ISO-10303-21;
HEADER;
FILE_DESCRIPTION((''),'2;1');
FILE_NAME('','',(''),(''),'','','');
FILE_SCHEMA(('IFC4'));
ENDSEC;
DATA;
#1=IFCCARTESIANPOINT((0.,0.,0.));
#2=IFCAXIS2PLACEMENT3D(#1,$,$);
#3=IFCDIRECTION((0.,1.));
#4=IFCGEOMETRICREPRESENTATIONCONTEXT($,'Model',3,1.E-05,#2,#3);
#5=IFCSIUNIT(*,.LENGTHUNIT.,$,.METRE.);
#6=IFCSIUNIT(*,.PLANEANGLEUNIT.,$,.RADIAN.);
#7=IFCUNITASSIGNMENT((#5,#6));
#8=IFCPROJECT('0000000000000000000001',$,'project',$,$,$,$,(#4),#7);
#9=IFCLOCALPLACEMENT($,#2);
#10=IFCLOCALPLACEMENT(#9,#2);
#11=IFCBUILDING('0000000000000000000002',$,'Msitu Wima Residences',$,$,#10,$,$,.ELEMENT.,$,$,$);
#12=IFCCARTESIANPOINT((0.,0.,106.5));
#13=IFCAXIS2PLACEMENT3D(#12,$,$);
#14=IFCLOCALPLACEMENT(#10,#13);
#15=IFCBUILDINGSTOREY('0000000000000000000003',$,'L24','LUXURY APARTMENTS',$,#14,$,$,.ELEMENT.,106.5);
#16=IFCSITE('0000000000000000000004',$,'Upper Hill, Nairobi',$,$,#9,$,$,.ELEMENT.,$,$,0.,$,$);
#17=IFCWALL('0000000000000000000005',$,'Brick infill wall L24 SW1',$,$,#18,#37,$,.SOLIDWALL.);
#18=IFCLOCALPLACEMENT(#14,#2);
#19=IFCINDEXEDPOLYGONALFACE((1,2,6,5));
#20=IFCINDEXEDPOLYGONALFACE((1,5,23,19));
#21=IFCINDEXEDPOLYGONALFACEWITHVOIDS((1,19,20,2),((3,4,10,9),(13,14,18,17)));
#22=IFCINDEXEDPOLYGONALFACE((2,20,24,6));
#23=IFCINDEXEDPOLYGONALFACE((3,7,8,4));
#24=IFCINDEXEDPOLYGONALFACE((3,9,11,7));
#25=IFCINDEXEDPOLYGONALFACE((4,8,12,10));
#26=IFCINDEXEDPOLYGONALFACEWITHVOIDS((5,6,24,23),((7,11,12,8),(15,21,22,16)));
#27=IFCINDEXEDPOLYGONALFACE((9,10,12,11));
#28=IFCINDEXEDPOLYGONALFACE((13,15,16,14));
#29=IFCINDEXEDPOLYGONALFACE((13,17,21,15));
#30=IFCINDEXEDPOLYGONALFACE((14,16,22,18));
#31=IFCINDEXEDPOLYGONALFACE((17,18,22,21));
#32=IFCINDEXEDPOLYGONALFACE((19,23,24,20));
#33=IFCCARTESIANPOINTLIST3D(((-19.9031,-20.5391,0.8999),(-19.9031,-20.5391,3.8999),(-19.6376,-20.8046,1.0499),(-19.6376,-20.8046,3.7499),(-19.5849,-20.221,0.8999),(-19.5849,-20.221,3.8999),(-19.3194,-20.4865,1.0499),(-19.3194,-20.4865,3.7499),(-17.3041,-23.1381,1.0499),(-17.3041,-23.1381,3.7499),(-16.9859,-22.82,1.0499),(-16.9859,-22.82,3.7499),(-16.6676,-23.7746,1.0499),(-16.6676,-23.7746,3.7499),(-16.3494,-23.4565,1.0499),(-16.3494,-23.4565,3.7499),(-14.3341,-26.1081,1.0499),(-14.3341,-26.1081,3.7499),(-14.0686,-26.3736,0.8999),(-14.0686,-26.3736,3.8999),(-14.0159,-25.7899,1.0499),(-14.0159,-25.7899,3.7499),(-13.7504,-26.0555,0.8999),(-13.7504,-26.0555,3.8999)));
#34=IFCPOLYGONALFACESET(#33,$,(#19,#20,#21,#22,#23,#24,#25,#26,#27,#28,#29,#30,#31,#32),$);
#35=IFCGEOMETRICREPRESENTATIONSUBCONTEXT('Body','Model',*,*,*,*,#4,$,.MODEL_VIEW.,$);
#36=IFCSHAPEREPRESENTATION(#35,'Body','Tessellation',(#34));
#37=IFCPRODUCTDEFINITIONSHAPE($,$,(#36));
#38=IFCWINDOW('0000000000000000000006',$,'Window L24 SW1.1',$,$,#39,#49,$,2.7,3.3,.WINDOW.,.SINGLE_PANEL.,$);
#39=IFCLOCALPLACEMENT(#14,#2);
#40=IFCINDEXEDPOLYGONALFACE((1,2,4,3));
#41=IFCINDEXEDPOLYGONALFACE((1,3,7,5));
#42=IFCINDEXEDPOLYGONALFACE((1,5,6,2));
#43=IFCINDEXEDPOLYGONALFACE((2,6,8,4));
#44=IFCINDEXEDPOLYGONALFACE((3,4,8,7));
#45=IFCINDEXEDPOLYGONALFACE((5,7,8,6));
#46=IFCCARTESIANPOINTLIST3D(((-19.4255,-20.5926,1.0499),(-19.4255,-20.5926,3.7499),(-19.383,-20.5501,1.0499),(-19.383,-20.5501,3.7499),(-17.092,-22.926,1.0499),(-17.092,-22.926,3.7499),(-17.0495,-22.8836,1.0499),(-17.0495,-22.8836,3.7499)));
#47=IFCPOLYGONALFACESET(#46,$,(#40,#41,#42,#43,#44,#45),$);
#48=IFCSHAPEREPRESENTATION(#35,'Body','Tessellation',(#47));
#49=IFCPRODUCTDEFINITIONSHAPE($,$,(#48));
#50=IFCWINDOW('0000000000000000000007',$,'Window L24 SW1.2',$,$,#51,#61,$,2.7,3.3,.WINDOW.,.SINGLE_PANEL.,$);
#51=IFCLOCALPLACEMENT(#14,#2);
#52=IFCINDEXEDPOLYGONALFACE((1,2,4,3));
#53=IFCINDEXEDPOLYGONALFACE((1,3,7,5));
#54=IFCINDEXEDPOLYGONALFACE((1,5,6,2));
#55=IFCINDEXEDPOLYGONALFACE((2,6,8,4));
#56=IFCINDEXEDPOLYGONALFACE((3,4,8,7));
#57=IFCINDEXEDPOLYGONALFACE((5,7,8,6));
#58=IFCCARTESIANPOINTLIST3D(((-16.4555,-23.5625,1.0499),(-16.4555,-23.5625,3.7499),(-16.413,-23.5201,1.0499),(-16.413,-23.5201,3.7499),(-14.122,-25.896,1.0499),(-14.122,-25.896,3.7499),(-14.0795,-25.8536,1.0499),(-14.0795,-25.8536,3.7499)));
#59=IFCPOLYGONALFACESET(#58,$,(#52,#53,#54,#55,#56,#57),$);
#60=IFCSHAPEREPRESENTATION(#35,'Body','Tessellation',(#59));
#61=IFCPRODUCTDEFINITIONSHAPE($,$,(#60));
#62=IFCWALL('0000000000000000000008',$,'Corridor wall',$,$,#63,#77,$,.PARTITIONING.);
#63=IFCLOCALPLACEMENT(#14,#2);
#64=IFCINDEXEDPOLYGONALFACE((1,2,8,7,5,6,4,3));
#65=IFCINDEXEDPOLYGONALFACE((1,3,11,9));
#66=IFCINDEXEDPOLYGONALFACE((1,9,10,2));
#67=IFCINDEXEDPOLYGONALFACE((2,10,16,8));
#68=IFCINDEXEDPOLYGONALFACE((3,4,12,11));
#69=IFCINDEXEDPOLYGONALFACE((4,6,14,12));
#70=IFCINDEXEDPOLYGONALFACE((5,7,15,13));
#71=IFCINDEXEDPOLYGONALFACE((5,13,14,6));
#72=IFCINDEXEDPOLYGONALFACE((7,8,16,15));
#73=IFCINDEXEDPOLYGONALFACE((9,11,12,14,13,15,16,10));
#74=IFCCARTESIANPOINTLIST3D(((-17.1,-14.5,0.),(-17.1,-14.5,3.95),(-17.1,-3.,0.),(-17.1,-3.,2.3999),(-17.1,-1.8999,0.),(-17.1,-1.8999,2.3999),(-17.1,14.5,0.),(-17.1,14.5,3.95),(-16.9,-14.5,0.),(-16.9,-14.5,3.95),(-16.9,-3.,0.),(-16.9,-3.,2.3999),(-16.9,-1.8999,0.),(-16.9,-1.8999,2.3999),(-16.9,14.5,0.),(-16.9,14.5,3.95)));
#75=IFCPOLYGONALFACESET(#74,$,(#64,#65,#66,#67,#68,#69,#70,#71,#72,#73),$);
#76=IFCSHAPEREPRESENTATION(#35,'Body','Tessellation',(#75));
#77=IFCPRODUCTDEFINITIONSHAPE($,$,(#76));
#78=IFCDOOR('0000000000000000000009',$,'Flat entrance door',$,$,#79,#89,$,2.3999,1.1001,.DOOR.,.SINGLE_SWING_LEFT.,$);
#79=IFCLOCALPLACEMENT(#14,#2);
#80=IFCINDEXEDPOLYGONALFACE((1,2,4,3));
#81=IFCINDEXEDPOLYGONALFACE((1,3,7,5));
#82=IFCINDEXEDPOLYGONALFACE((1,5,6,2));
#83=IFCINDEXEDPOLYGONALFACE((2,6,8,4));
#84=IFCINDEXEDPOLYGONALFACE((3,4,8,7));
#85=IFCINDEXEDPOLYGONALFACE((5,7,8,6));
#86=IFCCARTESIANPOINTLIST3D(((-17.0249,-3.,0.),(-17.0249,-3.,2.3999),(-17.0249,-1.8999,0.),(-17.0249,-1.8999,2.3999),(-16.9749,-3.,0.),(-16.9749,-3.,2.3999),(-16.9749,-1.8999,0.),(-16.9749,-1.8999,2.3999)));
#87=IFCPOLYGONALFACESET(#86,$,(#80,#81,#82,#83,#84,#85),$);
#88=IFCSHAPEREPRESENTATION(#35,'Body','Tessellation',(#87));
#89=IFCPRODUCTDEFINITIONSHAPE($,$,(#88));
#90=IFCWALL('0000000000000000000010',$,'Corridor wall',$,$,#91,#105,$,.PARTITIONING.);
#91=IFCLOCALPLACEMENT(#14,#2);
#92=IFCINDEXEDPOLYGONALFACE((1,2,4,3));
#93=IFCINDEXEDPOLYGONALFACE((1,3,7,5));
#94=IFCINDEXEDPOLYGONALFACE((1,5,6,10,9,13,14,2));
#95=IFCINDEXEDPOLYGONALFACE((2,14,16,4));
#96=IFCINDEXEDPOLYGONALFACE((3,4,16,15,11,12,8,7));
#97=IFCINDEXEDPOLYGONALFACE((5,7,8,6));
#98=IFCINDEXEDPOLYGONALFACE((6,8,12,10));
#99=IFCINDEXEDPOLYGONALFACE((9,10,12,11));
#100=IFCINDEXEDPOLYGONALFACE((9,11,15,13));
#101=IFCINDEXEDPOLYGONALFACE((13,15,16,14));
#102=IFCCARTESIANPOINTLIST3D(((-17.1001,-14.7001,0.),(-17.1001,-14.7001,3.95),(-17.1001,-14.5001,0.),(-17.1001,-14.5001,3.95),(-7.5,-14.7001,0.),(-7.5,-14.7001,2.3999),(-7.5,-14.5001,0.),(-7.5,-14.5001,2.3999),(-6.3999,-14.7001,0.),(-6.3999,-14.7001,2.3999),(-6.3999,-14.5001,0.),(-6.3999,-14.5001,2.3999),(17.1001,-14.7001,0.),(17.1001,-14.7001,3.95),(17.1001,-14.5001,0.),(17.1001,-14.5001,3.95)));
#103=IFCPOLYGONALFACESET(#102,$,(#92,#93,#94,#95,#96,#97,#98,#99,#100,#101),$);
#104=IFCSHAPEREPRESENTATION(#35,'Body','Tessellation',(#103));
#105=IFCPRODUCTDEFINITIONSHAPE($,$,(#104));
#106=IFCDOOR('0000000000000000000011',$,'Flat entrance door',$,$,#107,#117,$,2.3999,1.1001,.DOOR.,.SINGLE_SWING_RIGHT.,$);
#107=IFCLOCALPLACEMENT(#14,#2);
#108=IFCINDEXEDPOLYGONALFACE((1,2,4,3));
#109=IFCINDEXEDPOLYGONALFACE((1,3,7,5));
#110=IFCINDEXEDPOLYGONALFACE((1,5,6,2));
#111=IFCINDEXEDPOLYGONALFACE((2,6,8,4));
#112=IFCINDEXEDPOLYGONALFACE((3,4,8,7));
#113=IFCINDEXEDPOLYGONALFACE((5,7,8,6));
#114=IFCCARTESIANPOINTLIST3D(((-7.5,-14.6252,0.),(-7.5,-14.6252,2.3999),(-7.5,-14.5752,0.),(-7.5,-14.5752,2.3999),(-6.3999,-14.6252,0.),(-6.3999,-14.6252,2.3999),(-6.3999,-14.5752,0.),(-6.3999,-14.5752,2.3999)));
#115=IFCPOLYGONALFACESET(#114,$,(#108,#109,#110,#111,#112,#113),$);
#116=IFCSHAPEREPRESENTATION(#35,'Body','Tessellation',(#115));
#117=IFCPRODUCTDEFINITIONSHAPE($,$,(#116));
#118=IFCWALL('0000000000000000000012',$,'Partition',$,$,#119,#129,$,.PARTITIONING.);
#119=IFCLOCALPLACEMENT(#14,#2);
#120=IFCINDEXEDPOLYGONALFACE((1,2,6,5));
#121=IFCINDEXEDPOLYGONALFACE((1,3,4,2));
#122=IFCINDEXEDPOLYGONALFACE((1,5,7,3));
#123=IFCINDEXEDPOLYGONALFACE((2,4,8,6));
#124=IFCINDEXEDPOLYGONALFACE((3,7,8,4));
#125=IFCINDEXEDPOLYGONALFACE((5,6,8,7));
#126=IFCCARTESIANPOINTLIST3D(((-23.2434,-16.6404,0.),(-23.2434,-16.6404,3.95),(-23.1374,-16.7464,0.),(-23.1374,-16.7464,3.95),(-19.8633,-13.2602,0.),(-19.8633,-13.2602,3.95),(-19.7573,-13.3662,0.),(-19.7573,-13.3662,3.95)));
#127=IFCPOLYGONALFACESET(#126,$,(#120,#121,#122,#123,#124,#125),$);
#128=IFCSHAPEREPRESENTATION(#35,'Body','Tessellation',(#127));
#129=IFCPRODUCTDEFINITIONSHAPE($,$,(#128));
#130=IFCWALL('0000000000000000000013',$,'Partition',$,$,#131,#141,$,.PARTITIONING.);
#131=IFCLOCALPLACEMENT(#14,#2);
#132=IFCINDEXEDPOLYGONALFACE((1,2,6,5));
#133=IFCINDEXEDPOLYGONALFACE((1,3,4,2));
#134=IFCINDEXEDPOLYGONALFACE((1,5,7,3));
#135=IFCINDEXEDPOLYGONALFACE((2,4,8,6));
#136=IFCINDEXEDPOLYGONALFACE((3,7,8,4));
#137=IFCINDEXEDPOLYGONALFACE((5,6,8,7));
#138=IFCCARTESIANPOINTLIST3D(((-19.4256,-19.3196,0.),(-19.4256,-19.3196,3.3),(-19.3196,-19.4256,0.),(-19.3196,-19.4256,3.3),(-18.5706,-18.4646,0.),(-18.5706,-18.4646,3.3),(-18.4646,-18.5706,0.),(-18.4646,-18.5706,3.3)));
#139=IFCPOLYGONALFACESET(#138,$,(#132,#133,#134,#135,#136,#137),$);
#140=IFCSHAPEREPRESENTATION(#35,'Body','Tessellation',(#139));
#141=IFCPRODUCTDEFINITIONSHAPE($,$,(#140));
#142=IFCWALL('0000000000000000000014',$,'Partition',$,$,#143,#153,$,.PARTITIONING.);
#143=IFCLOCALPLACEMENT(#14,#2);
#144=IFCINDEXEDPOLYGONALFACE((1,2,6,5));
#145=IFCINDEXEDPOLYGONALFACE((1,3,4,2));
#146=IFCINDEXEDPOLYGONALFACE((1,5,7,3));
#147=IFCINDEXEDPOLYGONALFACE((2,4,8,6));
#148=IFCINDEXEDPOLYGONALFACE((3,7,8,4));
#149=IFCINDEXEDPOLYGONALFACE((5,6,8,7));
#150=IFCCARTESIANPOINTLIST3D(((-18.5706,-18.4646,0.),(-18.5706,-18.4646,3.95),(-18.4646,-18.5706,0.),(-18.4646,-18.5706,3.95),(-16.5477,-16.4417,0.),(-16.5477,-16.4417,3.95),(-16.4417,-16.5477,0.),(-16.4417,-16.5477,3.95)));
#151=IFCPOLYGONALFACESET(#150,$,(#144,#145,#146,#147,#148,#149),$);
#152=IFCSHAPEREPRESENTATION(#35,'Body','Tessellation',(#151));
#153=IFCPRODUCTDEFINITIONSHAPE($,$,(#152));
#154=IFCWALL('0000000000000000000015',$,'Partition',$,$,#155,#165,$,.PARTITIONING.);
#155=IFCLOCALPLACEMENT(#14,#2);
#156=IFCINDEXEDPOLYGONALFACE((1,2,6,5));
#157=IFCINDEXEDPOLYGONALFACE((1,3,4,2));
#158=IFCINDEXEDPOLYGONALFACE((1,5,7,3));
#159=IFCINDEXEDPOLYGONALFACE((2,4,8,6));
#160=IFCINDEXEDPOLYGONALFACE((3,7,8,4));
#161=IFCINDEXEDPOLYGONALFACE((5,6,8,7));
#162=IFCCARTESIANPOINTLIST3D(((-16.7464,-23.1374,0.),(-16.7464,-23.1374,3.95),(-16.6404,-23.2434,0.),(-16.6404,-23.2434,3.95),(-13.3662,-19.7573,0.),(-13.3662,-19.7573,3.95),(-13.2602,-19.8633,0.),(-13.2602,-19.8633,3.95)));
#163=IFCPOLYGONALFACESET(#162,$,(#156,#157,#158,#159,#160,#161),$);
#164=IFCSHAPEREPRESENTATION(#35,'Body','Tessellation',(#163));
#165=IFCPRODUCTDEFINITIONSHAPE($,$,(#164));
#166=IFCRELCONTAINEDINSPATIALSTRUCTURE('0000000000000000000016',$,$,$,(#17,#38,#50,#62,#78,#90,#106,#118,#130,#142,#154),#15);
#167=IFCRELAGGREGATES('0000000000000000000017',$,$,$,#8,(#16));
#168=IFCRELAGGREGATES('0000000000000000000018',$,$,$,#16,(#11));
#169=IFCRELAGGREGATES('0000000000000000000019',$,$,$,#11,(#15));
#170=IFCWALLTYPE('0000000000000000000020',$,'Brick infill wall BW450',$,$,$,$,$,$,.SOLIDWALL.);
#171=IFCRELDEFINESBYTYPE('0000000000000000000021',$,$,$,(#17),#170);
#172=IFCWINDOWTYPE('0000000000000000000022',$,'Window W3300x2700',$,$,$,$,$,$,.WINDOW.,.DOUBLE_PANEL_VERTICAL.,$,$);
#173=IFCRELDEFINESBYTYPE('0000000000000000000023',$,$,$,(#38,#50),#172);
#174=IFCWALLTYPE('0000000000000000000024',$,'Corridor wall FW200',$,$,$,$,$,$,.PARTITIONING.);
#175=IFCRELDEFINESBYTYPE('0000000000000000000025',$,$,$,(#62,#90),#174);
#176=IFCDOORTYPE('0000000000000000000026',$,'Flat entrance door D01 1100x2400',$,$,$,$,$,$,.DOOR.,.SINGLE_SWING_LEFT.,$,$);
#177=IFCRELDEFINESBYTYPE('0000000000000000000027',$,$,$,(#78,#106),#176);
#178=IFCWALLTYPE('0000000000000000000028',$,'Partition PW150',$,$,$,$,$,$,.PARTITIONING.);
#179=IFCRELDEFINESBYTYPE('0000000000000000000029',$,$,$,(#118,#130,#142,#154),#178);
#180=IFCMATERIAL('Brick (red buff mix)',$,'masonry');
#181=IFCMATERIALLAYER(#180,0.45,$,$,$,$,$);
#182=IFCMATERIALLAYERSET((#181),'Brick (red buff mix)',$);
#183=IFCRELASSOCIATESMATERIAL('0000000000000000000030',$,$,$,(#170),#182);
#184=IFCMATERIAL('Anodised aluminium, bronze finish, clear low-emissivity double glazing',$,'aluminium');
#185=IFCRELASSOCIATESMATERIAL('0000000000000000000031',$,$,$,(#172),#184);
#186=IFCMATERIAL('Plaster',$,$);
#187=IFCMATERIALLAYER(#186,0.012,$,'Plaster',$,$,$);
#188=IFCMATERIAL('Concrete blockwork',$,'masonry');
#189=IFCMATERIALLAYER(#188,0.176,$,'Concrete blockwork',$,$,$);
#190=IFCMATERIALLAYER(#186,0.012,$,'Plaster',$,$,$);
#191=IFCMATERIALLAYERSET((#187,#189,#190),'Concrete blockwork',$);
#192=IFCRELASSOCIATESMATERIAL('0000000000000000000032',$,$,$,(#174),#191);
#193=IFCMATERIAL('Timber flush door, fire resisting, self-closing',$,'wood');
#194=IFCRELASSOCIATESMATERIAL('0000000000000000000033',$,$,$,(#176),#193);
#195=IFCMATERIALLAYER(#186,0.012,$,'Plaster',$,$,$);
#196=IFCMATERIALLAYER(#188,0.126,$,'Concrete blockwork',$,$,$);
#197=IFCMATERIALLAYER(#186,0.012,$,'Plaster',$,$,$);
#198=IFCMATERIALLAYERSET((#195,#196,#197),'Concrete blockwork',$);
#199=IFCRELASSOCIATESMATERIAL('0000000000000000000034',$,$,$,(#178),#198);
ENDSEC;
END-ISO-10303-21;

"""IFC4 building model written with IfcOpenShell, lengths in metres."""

from ifc_helpers import new_model, si_unit, direction, frame, frame_2d, origin, place, context, subcontext, project, spatial, rectangle, extrude, material, layer, layer_set, type_object, element, fill, save


model = new_model("IFC4")

# Units and contexts
model_context = context("Model", 3, precision=1e-05, world=origin(), true_north=direction((0.0, 1.0)))
body_context = subcontext(model_context, "Body", "Model", "MODEL_VIEW")
ifc_project = project(units=[si_unit("LENGTHUNIT", "METRE"), si_unit("PLANEANGLEUNIT", "RADIAN")], contexts=[model_context])

# Site, building, storey
site_placement = place(None, origin())
site = spatial("IfcSite", under=ifc_project, at=site_placement, Name="Upper Hill, Nairobi", CompositionType="ELEMENT", RefElevation=0.0)
building_placement = place(site_placement, origin())
building = spatial("IfcBuilding", under=site, at=building_placement, Name="Msitu Wima Residences", CompositionType="ELEMENT")
storey_placement = place(building_placement, frame((0.0, 0.0, 106.5)))
storey = spatial("IfcBuildingStorey", under=building, at=storey_placement, Name="L24", Description="LUXURY APARTMENTS", CompositionType="ELEMENT", Elevation=106.5)

# Shared definitions
ifc_material_1 = material(Name="Brick (red buff mix)", Category="masonry")
ifc_layer_1 = layer(ifc_material_1, 0.45)
ifc_layer_set_1 = layer_set([ifc_layer_1], Name="Brick (red buff mix)")
wall_type_1 = type_object("IfcWallType", Name="Brick infill wall BW450", PredefinedType="SOLIDWALL", material=ifc_layer_set_1)
ifc_material_2 = material(Name="Anodised aluminium, bronze finish, clear low-emissivity double glazing", Category="aluminium")
window_type = type_object("IfcWindowType", Name="Window W3300x2700", PartitioningType="DOUBLE_PANEL_VERTICAL", PredefinedType="WINDOW", material=ifc_material_2)

# Wall, openings, windows
wall_1_placement = place(storey_placement, frame((-19.7439, -20.3801, 0.8999), z_axis=(0.0, 0.0, 1.0), x_axis=(0.707107, -0.707107, 0.0)))
wall_1 = element("IfcWall", 1, at=wall_1_placement, inside=storey, type_object=wall_type_1, Name="Brick infill wall L24 SW1", PredefinedType="SOLIDWALL", context=body_context, shape_type="SweptSolid", body=[
    extrude(rectangle(XDim=8.2512, YDim=0.45, at=frame_2d((4.1255, 0.0))), origin(), (0.0, 0.0, 1.0), 3.0),
])
opening_1_placement = place(wall_1_placement, frame((0.3755, 0.0, 0.1499)))
opening_1 = element("IfcOpeningElement", 2, at=opening_1_placement, cuts=wall_1, PredefinedType="OPENING", context=body_context, shape_type="SweptSolid", body=[
    extrude(rectangle(XDim=3.3, YDim=2.7, at=frame_2d((1.6499, 1.3501))), frame((0.0, 0.2349, 0.0), z_axis=(0.0, -1.0, 0.0), x_axis=(1.0, 0.0, 0.0)), (0.0, 0.0, 1.0), 0.47),
])
opening_2_placement = place(wall_1_placement, frame((4.5757, 0.0, 0.1499)))
opening_2 = element("IfcOpeningElement", 3, at=opening_2_placement, cuts=wall_1, PredefinedType="OPENING", context=body_context, shape_type="SweptSolid", body=[
    extrude(rectangle(XDim=3.3, YDim=2.7, at=frame_2d((1.6499, 1.3501))), frame((0.0, 0.2349, 0.0), z_axis=(0.0, -1.0, 0.0), x_axis=(1.0, 0.0, 0.0)), (0.0, 0.0, 1.0), 0.47),
])
window_1_placement = place(opening_1_placement, origin())
window_1 = element("IfcWindow", 4, at=window_1_placement, inside=storey, type_object=window_type, Name="Window L24 SW1.1", OverallHeight=2.7, OverallWidth=3.3, PartitioningType="SINGLE_PANEL", PredefinedType="WINDOW", context=body_context, shape_type="SweptSolid", body=[
    extrude(rectangle(XDim=3.3, YDim=2.7, at=frame_2d((1.6499, 1.3501))), frame((0.0, 0.135, 0.0), z_axis=(0.0, -1.0, 0.0), x_axis=(1.0, 0.0, 0.0)), (0.0, 0.0, 1.0), 0.0601),
])
fill(opening_1, window_1)
window_2_placement = place(opening_2_placement, origin())
window_2 = element("IfcWindow", 5, at=window_2_placement, inside=storey, type_object=window_type, Name="Window L24 SW1.2", OverallHeight=2.7, OverallWidth=3.3, PartitioningType="SINGLE_PANEL", PredefinedType="WINDOW", context=body_context, shape_type="SweptSolid", body=[
    extrude(rectangle(XDim=3.3, YDim=2.7, at=frame_2d((1.6499, 1.3501))), frame((0.0, 0.135, 0.0), z_axis=(0.0, -1.0, 0.0), x_axis=(1.0, 0.0, 0.0)), (0.0, 0.0, 1.0), 0.0601),
])
fill(opening_2, window_2)

# Walls, openings, doors
ifc_material_3 = material(Name="Plaster")
ifc_layer_2 = layer(ifc_material_3, 0.012, Name="Plaster")
ifc_material_4 = material(Name="Concrete blockwork", Category="masonry")
ifc_layer_3 = layer(ifc_material_4, 0.176, Name="Concrete blockwork")
ifc_layer_4 = layer(ifc_material_3, 0.012, Name="Plaster")
ifc_layer_set_2 = layer_set([ifc_layer_2, ifc_layer_3, ifc_layer_4], Name="Concrete blockwork")
wall_type_2 = type_object("IfcWallType", Name="Corridor wall FW200", PredefinedType="PARTITIONING", material=ifc_layer_set_2)
wall_2_placement = place(storey_placement, frame((-17.0, -14.5, 0.0), z_axis=(0.0, 0.0, 1.0), x_axis=(0.0, 1.0, 0.0)))
wall_2 = element("IfcWall", 6, at=wall_2_placement, inside=storey, type_object=wall_type_2, Name="Corridor wall", PredefinedType="PARTITIONING", context=body_context, shape_type="SweptSolid", body=[
    extrude(rectangle(XDim=29.0, YDim=0.2, at=frame_2d((14.5, 0.0))), origin(), (0.0, 0.0, 1.0), 3.95),
])
opening_3_placement = place(wall_2_placement, frame((11.5, 0.0, 0.0)))
opening_3 = element("IfcOpeningElement", 7, at=opening_3_placement, cuts=wall_2, PredefinedType="OPENING", context=body_context, shape_type="SweptSolid", body=[
    extrude(rectangle(XDim=1.1001, YDim=2.3999, at=frame_2d((0.55, 1.2))), frame((0.0, 0.1099, 0.0), z_axis=(0.0, -1.0, 0.0), x_axis=(1.0, 0.0, 0.0)), (0.0, 0.0, 1.0), 0.22),
])
ifc_material_5 = material(Name="Timber flush door, fire resisting, self-closing", Category="wood")
door_type_1 = type_object("IfcDoorType", Name="Flat entrance door D01 1100x2400", OperationType="SINGLE_SWING_LEFT", PredefinedType="DOOR", material=ifc_material_5)
door_1_placement = place(opening_3_placement, origin())
door_1 = element("IfcDoor", 8, at=door_1_placement, inside=storey, type_object=door_type_1, Name="Flat entrance door", OperationType="SINGLE_SWING_LEFT", OverallHeight=2.3999, OverallWidth=1.1001, PredefinedType="DOOR", context=body_context, shape_type="SweptSolid", body=[
    extrude(rectangle(XDim=1.1001, YDim=2.3999, at=frame_2d((0.55, 1.2))), frame((0.0, 0.0249, 0.0), z_axis=(0.0, -1.0, 0.0), x_axis=(1.0, 0.0, 0.0)), (0.0, 0.0, 1.0), 0.05),
])
fill(opening_3, door_1)
wall_3_placement = place(storey_placement, frame((-17.1001, -14.6001, 0.0), z_axis=(0.0, 0.0, 1.0), x_axis=(1.0, 0.0, 0.0)))
wall_3 = element("IfcWall", 9, at=wall_3_placement, inside=storey, type_object=wall_type_2, Name="Corridor wall", PredefinedType="PARTITIONING", context=body_context, shape_type="SweptSolid", body=[
    extrude(rectangle(XDim=34.2002, YDim=0.2, at=frame_2d((17.1001, 0.0))), origin(), (0.0, 0.0, 1.0), 3.95),
])
opening_4_placement = place(wall_3_placement, frame((9.6001, 0.0, 0.0)))
opening_4 = element("IfcOpeningElement", 10, at=opening_4_placement, cuts=wall_3, PredefinedType="OPENING", context=body_context, shape_type="SweptSolid", body=[
    extrude(rectangle(XDim=1.1001, YDim=2.3999, at=frame_2d((0.55, 1.2))), frame((0.0, 0.1099, 0.0), z_axis=(0.0, -1.0, 0.0), x_axis=(1.0, 0.0, 0.0)), (0.0, 0.0, 1.0), 0.22),
])
door_2_placement = place(opening_4_placement, origin())
door_2 = element("IfcDoor", 11, at=door_2_placement, inside=storey, type_object=door_type_1, Name="Flat entrance door", OperationType="SINGLE_SWING_RIGHT", OverallHeight=2.3999, OverallWidth=1.1001, PredefinedType="DOOR", context=body_context, shape_type="SweptSolid", body=[
    extrude(rectangle(XDim=1.1001, YDim=2.3999, at=frame_2d((0.55, 1.2))), frame((0.0, 0.0249, 0.0), z_axis=(0.0, -1.0, 0.0), x_axis=(1.0, 0.0, 0.0)), (0.0, 0.0, 1.0), 0.05),
])
fill(opening_4, door_2)

# Walls
ifc_layer_5 = layer(ifc_material_3, 0.012, Name="Plaster")
ifc_layer_6 = layer(ifc_material_4, 0.126, Name="Concrete blockwork")
ifc_layer_7 = layer(ifc_material_3, 0.012, Name="Plaster")
ifc_layer_set_3 = layer_set([ifc_layer_5, ifc_layer_6, ifc_layer_7], Name="Concrete blockwork")
wall_type_3 = type_object("IfcWallType", Name="Partition PW150", PredefinedType="PARTITIONING", material=ifc_layer_set_3)
wall_4_placement = place(storey_placement, frame((-23.1904, -16.6934, 0.0), z_axis=(0.0, 0.0, 1.0), x_axis=(0.707107, 0.707107, 0.0)))
element("IfcWall", 12, at=wall_4_placement, inside=storey, type_object=wall_type_3, Name="Partition", PredefinedType="PARTITIONING", context=body_context, shape_type="SweptSolid", body=[
    extrude(rectangle(XDim=4.7803, YDim=0.1499, at=frame_2d((2.3901, 0.0))), origin(), (0.0, 0.0, 1.0), 3.95),
])
wall_5_placement = place(storey_placement, frame((-19.3726, -19.3726, 0.0), z_axis=(0.0, 0.0, 1.0), x_axis=(0.707107, 0.707107, 0.0)))
element("IfcWall", 13, at=wall_5_placement, inside=storey, type_object=wall_type_3, Name="Partition", PredefinedType="PARTITIONING", context=body_context, shape_type="SweptSolid", body=[
    extrude(rectangle(XDim=1.2092, YDim=0.1499, at=frame_2d((0.6045, 0.0))), origin(), (0.0, 0.0, 1.0), 3.3),
])
wall_6_placement = place(storey_placement, frame((-18.5176, -18.5176, 0.0), z_axis=(0.0, 0.0, 1.0), x_axis=(0.707107, 0.707107, 0.0)))
element("IfcWall", 14, at=wall_6_placement, inside=storey, type_object=wall_type_3, Name="Partition", PredefinedType="PARTITIONING", context=body_context, shape_type="SweptSolid", body=[
    extrude(rectangle(XDim=2.8608, YDim=0.1499, at=frame_2d((1.4304, 0.0))), origin(), (0.0, 0.0, 1.0), 3.95),
])
wall_7_placement = place(storey_placement, frame((-16.6934, -23.1904, 0.0), z_axis=(0.0, 0.0, 1.0), x_axis=(0.707107, 0.707107, 0.0)))
element("IfcWall", 15, at=wall_7_placement, inside=storey, type_object=wall_type_3, Name="Partition", PredefinedType="PARTITIONING", context=body_context, shape_type="SweptSolid", body=[
    extrude(rectangle(XDim=4.7803, YDim=0.1499, at=frame_2d((2.3901, 0.0))), origin(), (0.0, 0.0, 1.0), 3.95),
])

save(model, "model.ifc")
